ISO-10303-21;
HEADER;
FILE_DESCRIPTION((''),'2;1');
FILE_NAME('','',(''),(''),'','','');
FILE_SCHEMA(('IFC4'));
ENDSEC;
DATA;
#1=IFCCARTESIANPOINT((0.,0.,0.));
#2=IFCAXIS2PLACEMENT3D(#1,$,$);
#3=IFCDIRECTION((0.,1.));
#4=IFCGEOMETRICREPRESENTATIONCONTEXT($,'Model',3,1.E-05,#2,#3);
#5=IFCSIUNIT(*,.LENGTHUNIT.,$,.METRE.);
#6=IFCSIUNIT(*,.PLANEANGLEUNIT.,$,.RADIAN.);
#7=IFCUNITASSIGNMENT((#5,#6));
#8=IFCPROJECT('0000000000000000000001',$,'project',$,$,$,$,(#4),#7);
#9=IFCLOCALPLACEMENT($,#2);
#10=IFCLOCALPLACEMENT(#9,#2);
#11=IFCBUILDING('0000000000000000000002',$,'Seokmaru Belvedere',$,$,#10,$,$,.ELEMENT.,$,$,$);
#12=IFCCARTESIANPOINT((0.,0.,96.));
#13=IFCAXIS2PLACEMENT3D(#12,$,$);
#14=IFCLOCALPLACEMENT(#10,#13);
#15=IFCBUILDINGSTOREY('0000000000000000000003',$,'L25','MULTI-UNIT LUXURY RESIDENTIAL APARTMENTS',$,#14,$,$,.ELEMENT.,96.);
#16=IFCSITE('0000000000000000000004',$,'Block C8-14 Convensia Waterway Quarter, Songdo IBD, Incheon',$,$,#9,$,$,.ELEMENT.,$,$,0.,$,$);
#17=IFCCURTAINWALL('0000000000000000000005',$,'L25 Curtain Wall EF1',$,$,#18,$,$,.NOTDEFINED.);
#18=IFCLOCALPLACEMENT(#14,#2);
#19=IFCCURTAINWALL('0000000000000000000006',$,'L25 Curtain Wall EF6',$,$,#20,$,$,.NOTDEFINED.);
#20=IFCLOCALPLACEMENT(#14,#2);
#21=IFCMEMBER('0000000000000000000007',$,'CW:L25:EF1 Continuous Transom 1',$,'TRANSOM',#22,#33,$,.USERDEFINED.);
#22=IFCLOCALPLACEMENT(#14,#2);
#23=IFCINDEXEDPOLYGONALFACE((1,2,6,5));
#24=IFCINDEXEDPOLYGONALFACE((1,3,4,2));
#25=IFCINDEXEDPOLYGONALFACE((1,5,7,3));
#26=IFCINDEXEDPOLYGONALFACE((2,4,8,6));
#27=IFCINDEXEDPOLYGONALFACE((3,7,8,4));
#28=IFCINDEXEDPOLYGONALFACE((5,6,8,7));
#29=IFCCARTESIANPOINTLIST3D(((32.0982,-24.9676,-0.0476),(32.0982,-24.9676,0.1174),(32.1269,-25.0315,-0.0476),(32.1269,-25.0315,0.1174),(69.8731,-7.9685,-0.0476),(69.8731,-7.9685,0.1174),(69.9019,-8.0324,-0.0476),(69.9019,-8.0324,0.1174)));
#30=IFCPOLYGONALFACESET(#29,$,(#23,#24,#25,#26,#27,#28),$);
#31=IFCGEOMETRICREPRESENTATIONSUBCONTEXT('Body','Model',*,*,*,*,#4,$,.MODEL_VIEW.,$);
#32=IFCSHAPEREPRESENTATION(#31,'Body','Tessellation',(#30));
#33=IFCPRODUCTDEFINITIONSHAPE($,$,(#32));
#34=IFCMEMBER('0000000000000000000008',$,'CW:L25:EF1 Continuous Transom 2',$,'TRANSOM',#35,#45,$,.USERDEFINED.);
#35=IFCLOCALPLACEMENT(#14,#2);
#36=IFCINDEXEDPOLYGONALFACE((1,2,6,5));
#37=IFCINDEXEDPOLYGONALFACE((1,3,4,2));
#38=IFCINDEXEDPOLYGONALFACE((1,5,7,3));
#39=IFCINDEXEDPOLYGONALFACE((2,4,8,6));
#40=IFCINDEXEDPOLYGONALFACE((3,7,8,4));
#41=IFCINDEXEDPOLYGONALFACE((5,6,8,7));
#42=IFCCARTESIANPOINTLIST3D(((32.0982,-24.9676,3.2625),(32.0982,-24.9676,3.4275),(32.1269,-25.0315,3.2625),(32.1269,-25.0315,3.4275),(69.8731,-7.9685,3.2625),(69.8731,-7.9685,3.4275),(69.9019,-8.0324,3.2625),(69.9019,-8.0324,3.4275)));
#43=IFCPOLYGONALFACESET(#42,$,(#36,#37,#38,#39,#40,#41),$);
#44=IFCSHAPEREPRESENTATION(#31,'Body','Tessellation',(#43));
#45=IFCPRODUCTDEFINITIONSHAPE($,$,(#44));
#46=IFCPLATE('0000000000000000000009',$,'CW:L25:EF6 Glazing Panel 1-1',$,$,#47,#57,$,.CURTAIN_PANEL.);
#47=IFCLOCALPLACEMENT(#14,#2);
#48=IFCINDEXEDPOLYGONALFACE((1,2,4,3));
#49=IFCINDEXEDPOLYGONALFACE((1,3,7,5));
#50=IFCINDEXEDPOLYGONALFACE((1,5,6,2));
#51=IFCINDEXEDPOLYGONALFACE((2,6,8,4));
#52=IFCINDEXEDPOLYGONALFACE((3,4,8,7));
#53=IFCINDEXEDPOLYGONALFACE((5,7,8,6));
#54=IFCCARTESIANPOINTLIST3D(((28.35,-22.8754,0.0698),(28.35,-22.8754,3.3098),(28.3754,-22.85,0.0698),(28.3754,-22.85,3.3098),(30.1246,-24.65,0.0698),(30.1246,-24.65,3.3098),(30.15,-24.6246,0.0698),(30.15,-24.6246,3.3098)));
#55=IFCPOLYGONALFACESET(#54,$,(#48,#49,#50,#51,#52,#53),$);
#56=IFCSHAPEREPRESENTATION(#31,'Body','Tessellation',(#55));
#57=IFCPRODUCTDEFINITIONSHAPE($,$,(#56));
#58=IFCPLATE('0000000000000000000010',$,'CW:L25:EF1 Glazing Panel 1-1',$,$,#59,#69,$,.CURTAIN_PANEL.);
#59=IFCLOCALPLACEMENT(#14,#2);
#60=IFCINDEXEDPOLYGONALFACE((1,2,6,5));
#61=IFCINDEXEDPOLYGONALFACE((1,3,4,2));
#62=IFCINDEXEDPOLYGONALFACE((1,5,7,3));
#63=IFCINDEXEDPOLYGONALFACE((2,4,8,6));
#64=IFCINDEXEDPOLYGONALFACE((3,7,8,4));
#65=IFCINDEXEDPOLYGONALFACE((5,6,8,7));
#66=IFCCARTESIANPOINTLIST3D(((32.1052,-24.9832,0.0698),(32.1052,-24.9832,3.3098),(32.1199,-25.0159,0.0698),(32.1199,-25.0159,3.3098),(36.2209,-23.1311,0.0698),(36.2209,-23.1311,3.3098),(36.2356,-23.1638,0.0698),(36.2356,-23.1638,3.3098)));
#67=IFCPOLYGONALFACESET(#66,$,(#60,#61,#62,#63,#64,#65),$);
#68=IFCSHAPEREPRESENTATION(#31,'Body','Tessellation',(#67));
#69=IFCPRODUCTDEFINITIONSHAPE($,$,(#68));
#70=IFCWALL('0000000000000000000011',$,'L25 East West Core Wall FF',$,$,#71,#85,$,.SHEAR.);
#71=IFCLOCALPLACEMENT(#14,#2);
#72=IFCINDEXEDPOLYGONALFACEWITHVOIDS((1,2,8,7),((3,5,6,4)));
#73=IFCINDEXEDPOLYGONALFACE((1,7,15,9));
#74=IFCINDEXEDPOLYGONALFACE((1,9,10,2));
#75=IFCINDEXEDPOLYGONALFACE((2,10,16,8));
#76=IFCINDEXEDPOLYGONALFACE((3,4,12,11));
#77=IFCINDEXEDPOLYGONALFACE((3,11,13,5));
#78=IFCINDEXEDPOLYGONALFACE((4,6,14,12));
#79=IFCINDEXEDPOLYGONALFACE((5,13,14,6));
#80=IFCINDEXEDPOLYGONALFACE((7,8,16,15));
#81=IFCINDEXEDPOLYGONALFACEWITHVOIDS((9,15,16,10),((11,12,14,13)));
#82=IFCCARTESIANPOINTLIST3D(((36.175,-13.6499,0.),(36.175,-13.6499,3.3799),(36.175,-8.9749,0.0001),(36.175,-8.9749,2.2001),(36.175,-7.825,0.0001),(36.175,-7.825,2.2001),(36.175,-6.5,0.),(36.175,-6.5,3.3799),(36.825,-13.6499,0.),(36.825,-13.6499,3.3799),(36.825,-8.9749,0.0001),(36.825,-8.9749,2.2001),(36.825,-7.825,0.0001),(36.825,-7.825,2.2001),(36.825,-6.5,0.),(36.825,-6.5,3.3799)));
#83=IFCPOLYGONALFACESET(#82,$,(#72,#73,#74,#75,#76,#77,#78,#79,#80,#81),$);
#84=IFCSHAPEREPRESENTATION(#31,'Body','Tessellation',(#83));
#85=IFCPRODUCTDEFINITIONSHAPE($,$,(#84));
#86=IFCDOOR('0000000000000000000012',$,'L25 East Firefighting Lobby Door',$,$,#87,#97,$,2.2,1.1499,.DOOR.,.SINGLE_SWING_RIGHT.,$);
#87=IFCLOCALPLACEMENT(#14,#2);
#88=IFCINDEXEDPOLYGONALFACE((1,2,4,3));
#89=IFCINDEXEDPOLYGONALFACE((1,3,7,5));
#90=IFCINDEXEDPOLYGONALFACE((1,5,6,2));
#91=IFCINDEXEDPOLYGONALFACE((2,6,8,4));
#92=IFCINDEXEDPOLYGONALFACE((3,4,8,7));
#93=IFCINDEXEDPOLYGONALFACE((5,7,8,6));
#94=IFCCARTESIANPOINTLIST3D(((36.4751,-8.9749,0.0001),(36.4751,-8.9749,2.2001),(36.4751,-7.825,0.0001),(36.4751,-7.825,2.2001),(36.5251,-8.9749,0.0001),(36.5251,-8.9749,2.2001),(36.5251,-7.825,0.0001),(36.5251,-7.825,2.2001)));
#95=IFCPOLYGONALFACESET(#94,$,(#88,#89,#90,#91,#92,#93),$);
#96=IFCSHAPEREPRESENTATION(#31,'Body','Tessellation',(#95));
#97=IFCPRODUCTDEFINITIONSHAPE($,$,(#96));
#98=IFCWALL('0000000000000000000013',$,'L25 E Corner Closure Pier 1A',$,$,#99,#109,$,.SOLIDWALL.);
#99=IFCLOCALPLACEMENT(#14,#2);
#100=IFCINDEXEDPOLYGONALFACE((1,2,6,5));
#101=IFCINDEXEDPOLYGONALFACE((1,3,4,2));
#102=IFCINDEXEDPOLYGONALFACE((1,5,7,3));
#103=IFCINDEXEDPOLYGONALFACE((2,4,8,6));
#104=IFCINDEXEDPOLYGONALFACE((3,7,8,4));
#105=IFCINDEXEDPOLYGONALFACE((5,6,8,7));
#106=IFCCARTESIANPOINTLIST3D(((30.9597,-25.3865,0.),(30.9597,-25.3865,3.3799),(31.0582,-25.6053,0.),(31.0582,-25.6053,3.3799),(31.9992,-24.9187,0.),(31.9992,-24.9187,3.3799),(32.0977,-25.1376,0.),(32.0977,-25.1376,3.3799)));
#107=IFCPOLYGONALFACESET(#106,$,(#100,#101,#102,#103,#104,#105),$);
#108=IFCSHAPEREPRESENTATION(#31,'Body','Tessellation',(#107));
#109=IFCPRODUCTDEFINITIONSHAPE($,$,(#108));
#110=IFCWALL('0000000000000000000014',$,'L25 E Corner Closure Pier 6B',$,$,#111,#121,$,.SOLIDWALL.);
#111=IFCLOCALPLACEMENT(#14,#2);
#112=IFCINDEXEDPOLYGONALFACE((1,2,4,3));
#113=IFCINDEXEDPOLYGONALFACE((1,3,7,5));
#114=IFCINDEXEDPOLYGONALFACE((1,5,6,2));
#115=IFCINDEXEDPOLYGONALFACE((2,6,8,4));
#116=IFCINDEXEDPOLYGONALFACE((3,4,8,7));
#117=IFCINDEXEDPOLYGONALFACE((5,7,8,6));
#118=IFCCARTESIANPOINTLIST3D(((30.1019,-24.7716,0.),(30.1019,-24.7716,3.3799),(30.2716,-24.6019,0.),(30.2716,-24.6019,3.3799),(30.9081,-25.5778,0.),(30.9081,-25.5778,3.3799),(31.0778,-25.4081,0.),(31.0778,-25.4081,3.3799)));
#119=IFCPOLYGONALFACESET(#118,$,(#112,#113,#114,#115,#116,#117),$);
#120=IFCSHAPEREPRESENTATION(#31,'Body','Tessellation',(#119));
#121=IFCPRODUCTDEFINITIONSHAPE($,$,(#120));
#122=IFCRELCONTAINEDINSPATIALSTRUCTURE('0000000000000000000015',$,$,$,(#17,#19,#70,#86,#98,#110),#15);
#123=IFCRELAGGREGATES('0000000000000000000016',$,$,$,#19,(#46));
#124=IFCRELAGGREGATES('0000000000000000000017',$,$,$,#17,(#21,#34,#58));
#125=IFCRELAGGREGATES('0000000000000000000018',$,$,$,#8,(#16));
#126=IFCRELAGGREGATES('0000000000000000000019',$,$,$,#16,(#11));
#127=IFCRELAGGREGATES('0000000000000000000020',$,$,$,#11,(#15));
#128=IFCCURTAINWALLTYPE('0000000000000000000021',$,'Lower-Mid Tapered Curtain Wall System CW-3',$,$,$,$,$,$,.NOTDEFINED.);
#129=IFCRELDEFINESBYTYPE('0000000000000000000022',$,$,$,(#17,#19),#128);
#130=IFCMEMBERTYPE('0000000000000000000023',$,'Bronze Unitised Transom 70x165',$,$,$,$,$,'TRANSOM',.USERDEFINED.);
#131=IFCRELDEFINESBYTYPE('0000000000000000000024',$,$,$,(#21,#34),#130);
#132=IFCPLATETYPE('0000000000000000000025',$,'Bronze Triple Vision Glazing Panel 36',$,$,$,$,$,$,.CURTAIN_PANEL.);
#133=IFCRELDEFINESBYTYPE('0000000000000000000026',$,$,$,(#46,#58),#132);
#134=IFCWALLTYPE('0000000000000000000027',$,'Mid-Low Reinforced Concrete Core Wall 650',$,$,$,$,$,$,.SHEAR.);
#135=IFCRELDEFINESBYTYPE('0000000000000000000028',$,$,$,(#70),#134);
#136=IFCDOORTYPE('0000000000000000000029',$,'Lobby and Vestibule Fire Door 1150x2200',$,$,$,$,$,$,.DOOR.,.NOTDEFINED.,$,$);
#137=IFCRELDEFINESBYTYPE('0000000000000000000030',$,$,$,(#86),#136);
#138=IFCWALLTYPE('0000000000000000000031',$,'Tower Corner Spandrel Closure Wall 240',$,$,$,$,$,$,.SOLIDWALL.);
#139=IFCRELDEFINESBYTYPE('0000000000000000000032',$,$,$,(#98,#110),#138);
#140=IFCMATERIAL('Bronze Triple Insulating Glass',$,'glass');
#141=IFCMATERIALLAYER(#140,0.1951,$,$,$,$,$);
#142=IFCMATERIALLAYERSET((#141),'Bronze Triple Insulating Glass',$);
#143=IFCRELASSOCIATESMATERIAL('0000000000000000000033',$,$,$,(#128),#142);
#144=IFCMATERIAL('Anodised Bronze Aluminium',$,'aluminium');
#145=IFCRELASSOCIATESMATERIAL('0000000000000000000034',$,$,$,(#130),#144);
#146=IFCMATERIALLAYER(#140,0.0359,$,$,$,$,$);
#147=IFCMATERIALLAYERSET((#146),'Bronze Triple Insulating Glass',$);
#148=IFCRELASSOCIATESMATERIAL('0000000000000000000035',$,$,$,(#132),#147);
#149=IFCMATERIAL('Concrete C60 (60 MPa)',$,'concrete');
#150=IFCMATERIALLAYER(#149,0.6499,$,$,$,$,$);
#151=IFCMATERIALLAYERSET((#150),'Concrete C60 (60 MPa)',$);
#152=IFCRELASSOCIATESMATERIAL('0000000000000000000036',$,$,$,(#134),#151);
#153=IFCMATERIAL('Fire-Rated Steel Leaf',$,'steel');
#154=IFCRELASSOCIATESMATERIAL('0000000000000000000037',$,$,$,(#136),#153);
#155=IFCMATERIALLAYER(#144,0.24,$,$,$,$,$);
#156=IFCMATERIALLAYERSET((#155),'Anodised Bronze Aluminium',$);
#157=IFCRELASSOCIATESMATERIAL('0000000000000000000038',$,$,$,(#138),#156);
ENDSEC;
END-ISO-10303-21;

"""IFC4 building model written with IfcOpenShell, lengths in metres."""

from ifc_helpers import new_model, si_unit, direction, frame, frame_2d, origin, origin_2d, place, context, subcontext, project, spatial, rectangle, extrude, source, transform, mapped, material, layer, layer_set, material_profile, profile_set, type_object, type_shapes, element, fill, aggregate, save


model = new_model("IFC4")

# Units and contexts
model_context = context("Model", 3, precision=1e-05, world=origin(), true_north=direction((0.0, 1.0)))
body_context = subcontext(model_context, "Body", "Model", "MODEL_VIEW")
ifc_project = project(units=[si_unit("LENGTHUNIT", "METRE"), si_unit("PLANEANGLEUNIT", "RADIAN")], contexts=[model_context])

# Site, building, storey
site_placement = place(None, origin())
site = spatial("IfcSite", under=ifc_project, at=site_placement, Name="Block C8-14 Convensia Waterway Quarter, Songdo IBD, Incheon", CompositionType="ELEMENT", RefElevation=0.0)
building_placement = place(site_placement, origin())
building = spatial("IfcBuilding", under=site, at=building_placement, Name="Seokmaru Belvedere", CompositionType="ELEMENT")
storey_placement = place(building_placement, frame((0.0, 0.0, 96.0)))
storey = spatial("IfcBuildingStorey", under=building, at=storey_placement, Name="L25", Description="MULTI-UNIT LUXURY RESIDENTIAL APARTMENTS", CompositionType="ELEMENT", Elevation=96.0)

# Curtain wall
ifc_material_1 = material(Name="Bronze Triple Insulating Glass", Category="glass")
ifc_layer_1 = layer(ifc_material_1, 0.1951)
ifc_layer_set_1 = layer_set([ifc_layer_1], Name="Bronze Triple Insulating Glass")
curtain_wall_type = type_object("IfcCurtainWallType", Name="Lower-Mid Tapered Curtain Wall System CW-3", PredefinedType="NOTDEFINED", material=ifc_layer_set_1)
curtain_wall_1_placement = place(storey_placement, origin())
curtain_wall_1 = element("IfcCurtainWall", 1, at=curtain_wall_1_placement, inside=storey, type_object=curtain_wall_type, Name="L25 Curtain Wall EF1", PredefinedType="NOTDEFINED")
ifc_material_2 = material(Name="Anodised Bronze Aluminium", Category="aluminium")

# Curtain wall
curtain_wall_2_placement = place(storey_placement, origin())
curtain_wall_2 = element("IfcCurtainWall", 2, at=curtain_wall_2_placement, inside=storey, type_object=curtain_wall_type, Name="L25 Curtain Wall EF6", PredefinedType="NOTDEFINED")
ifc_material_profile_1 = material_profile(ifc_material_2, rectangle(XDim=0.0701, YDim=0.165, at=origin_2d()), Name="CW-T-70x165")
ifc_profile_set_1 = profile_set([ifc_material_profile_1], Name="Anodised Bronze Aluminium")
member_type_1 = type_object("IfcMemberType", Name="Bronze Unitised Transom 70x165", ElementType="TRANSOM", PredefinedType="USERDEFINED", material=ifc_profile_set_1)

# Members
shared_shape_1 = source(origin(), body_context, "Body", "SweptSolid", [
    extrude(rectangle(XDim=0.0701, YDim=0.165, at=origin_2d()), origin(), (0.0, 0.0, 1.0), 41.4236),
])
member_1_placement = place(storey_placement, frame((32.1125, -24.9995, 0.0349), z_axis=(0.911919, 0.410371, 0.0), x_axis=(-0.410371, 0.911919, 0.0)))
member_1 = element("IfcMember", 3, at=member_1_placement, type_object=member_type_1, Name="CW:L25:EF1 Continuous Transom 1", ObjectType="TRANSOM", PredefinedType="USERDEFINED", context=body_context, shape_type="MappedRepresentation", body=[
    mapped(shared_shape_1, transform((0.0, 0.0, 0.0), scale=1.0)),
])
member_2_placement = place(storey_placement, frame((32.1125, -24.9995, 3.345), z_axis=(0.911919, 0.410371, 0.0), x_axis=(-0.410371, 0.911919, 0.0)))
member_2 = element("IfcMember", 4, at=member_2_placement, type_object=member_type_1, Name="CW:L25:EF1 Continuous Transom 2", ObjectType="TRANSOM", PredefinedType="USERDEFINED", context=body_context, shape_type="MappedRepresentation", body=[
    mapped(shared_shape_1, transform((0.0, 0.0, 0.0), scale=1.0)),
])

# Plates
ifc_layer_2 = layer(ifc_material_1, 0.0359)
ifc_layer_set_2 = layer_set([ifc_layer_2], Name="Bronze Triple Insulating Glass")
plate_type = type_object("IfcPlateType", Name="Bronze Triple Vision Glazing Panel 36", PredefinedType="CURTAIN_PANEL", material=ifc_layer_set_2)
shared_shape_2 = source(origin(), body_context, "Body", "SweptSolid", [
    extrude(rectangle(XDim=2.5098, YDim=0.0359, at=origin_2d()), origin(), (0.0, 0.0, 1.0), 3.24),
])
plate_1_placement = place(storey_placement, frame((29.25, -23.75, 0.0698), z_axis=(0.0, 0.0, 1.0), x_axis=(0.707107, -0.707107, 0.0)))
plate_1 = element("IfcPlate", 5, at=plate_1_placement, type_object=plate_type, Name="CW:L25:EF6 Glazing Panel 1-1", PredefinedType="CURTAIN_PANEL", context=body_context, shape_type="MappedRepresentation", body=[
    mapped(shared_shape_2, transform((0.0, 0.0, 0.0), scale=1.0)),
])
aggregate(curtain_wall_2, [plate_1])
shared_shape_3 = source(origin(), body_context, "Body", "SweptSolid", [
    extrude(rectangle(XDim=4.5132, YDim=0.0359, at=origin_2d()), origin(), (0.0, 0.0, 1.0), 3.24),
])
type_shapes(plate_type, [shared_shape_2, shared_shape_3])
plate_2_placement = place(storey_placement, frame((34.1704, -24.0735, 0.0698), z_axis=(0.0, 0.0, 1.0), x_axis=(0.911921, 0.410366, 0.0)))
plate_2 = element("IfcPlate", 6, at=plate_2_placement, type_object=plate_type, Name="CW:L25:EF1 Glazing Panel 1-1", PredefinedType="CURTAIN_PANEL", context=body_context, shape_type="MappedRepresentation", body=[
    mapped(shared_shape_3, transform((0.0, 0.0, 0.0), scale=1.0)),
])
aggregate(curtain_wall_1, [member_1, member_2, plate_2])

# Wall, opening, door
ifc_material_3 = material(Name="Concrete C60 (60 MPa)", Category="concrete")
ifc_layer_3 = layer(ifc_material_3, 0.6499)
ifc_layer_set_3 = layer_set([ifc_layer_3], Name="Concrete C60 (60 MPa)")
wall_type_1 = type_object("IfcWallType", Name="Mid-Low Reinforced Concrete Core Wall 650", PredefinedType="SHEAR", material=ifc_layer_set_3)
wall_1_placement = place(storey_placement, frame((36.5, -13.6499, 0.0), z_axis=(0.0, 0.0, 1.0), x_axis=(0.0, 1.0, 0.0)))
wall_1 = element("IfcWall", 7, at=wall_1_placement, inside=storey, type_object=wall_type_1, Name="L25 East West Core Wall FF", PredefinedType="SHEAR", context=body_context, shape_type="SweptSolid", body=[
    extrude(rectangle(XDim=7.1499, YDim=0.6499, at=frame_2d((3.575, 0.0))), origin(), (0.0, 0.0, 1.0), 3.3799),
])
opening_placement = place(wall_1_placement, frame((4.675, 0.0, 0.0)))
opening = element("IfcOpeningElement", 8, at=opening_placement, cuts=wall_1, PredefinedType="OPENING", context=body_context, shape_type="SweptSolid", body=[
    extrude(rectangle(XDim=1.1499, YDim=2.2, at=frame_2d((0.575, 1.1001))), frame((0.0, 0.335, 0.0), z_axis=(0.0, -1.0, 0.0), x_axis=(1.0, 0.0, 0.0)), (0.0, 0.0, 1.0), 0.6699),
])
ifc_material_4 = material(Name="Fire-Rated Steel Leaf", Category="steel")
door_type = type_object("IfcDoorType", Name="Lobby and Vestibule Fire Door 1150x2200", OperationType="NOTDEFINED", PredefinedType="DOOR", material=ifc_material_4)
shared_shape_4 = source(origin(), body_context, "Body", "SweptSolid", [
    extrude(rectangle(XDim=1.1499, YDim=2.2, at=frame_2d((0.575, 1.1001))), frame((0.0, 0.0249, 0.0), z_axis=(0.0, -1.0, 0.0), x_axis=(1.0, 0.0, 0.0)), (0.0, 0.0, 1.0), 0.05),
])
type_shapes(door_type, [shared_shape_4])
door_placement = place(opening_placement, origin())
door = element("IfcDoor", 9, at=door_placement, inside=storey, type_object=door_type, Name="L25 East Firefighting Lobby Door", OperationType="SINGLE_SWING_RIGHT", OverallHeight=2.2, OverallWidth=1.1499, PredefinedType="DOOR", context=body_context, shape_type="MappedRepresentation", body=[
    mapped(shared_shape_4, transform((0.0, 0.0, 0.0), scale=1.0)),
])
fill(opening, door)

# Walls
ifc_layer_4 = layer(ifc_material_2, 0.24)
ifc_layer_set_4 = layer_set([ifc_layer_4], Name="Anodised Bronze Aluminium")
wall_type_2 = type_object("IfcWallType", Name="Tower Corner Spandrel Closure Wall 240", PredefinedType="SOLIDWALL", material=ifc_layer_set_4)
wall_2_placement = place(storey_placement, frame((31.009, -25.4958, 0.0), z_axis=(0.0, 0.0, 1.0), x_axis=(0.91193, 0.410347, 0.0)))
element("IfcWall", 10, at=wall_2_placement, inside=storey, type_object=wall_type_2, Name="L25 E Corner Closure Pier 1A", PredefinedType="SOLIDWALL", context=body_context, shape_type="SweptSolid", body=[
    extrude(rectangle(XDim=1.1399, YDim=0.24, at=frame_2d((0.5698, 0.0))), origin(), (0.0, 0.0, 1.0), 3.3799),
])
wall_3_placement = place(storey_placement, frame((30.1868, -24.6868, 0.0), z_axis=(0.0, 0.0, 1.0), x_axis=(0.707107, -0.707107, 0.0)))
element("IfcWall", 11, at=wall_3_placement, inside=storey, type_object=wall_type_2, Name="L25 E Corner Closure Pier 6B", PredefinedType="SOLIDWALL", context=body_context, shape_type="SweptSolid", body=[
    extrude(rectangle(XDim=1.1401, YDim=0.24, at=frame_2d((0.5701, 0.0))), origin(), (0.0, 0.0, 1.0), 3.3799),
])

save(model, "model.ifc")
